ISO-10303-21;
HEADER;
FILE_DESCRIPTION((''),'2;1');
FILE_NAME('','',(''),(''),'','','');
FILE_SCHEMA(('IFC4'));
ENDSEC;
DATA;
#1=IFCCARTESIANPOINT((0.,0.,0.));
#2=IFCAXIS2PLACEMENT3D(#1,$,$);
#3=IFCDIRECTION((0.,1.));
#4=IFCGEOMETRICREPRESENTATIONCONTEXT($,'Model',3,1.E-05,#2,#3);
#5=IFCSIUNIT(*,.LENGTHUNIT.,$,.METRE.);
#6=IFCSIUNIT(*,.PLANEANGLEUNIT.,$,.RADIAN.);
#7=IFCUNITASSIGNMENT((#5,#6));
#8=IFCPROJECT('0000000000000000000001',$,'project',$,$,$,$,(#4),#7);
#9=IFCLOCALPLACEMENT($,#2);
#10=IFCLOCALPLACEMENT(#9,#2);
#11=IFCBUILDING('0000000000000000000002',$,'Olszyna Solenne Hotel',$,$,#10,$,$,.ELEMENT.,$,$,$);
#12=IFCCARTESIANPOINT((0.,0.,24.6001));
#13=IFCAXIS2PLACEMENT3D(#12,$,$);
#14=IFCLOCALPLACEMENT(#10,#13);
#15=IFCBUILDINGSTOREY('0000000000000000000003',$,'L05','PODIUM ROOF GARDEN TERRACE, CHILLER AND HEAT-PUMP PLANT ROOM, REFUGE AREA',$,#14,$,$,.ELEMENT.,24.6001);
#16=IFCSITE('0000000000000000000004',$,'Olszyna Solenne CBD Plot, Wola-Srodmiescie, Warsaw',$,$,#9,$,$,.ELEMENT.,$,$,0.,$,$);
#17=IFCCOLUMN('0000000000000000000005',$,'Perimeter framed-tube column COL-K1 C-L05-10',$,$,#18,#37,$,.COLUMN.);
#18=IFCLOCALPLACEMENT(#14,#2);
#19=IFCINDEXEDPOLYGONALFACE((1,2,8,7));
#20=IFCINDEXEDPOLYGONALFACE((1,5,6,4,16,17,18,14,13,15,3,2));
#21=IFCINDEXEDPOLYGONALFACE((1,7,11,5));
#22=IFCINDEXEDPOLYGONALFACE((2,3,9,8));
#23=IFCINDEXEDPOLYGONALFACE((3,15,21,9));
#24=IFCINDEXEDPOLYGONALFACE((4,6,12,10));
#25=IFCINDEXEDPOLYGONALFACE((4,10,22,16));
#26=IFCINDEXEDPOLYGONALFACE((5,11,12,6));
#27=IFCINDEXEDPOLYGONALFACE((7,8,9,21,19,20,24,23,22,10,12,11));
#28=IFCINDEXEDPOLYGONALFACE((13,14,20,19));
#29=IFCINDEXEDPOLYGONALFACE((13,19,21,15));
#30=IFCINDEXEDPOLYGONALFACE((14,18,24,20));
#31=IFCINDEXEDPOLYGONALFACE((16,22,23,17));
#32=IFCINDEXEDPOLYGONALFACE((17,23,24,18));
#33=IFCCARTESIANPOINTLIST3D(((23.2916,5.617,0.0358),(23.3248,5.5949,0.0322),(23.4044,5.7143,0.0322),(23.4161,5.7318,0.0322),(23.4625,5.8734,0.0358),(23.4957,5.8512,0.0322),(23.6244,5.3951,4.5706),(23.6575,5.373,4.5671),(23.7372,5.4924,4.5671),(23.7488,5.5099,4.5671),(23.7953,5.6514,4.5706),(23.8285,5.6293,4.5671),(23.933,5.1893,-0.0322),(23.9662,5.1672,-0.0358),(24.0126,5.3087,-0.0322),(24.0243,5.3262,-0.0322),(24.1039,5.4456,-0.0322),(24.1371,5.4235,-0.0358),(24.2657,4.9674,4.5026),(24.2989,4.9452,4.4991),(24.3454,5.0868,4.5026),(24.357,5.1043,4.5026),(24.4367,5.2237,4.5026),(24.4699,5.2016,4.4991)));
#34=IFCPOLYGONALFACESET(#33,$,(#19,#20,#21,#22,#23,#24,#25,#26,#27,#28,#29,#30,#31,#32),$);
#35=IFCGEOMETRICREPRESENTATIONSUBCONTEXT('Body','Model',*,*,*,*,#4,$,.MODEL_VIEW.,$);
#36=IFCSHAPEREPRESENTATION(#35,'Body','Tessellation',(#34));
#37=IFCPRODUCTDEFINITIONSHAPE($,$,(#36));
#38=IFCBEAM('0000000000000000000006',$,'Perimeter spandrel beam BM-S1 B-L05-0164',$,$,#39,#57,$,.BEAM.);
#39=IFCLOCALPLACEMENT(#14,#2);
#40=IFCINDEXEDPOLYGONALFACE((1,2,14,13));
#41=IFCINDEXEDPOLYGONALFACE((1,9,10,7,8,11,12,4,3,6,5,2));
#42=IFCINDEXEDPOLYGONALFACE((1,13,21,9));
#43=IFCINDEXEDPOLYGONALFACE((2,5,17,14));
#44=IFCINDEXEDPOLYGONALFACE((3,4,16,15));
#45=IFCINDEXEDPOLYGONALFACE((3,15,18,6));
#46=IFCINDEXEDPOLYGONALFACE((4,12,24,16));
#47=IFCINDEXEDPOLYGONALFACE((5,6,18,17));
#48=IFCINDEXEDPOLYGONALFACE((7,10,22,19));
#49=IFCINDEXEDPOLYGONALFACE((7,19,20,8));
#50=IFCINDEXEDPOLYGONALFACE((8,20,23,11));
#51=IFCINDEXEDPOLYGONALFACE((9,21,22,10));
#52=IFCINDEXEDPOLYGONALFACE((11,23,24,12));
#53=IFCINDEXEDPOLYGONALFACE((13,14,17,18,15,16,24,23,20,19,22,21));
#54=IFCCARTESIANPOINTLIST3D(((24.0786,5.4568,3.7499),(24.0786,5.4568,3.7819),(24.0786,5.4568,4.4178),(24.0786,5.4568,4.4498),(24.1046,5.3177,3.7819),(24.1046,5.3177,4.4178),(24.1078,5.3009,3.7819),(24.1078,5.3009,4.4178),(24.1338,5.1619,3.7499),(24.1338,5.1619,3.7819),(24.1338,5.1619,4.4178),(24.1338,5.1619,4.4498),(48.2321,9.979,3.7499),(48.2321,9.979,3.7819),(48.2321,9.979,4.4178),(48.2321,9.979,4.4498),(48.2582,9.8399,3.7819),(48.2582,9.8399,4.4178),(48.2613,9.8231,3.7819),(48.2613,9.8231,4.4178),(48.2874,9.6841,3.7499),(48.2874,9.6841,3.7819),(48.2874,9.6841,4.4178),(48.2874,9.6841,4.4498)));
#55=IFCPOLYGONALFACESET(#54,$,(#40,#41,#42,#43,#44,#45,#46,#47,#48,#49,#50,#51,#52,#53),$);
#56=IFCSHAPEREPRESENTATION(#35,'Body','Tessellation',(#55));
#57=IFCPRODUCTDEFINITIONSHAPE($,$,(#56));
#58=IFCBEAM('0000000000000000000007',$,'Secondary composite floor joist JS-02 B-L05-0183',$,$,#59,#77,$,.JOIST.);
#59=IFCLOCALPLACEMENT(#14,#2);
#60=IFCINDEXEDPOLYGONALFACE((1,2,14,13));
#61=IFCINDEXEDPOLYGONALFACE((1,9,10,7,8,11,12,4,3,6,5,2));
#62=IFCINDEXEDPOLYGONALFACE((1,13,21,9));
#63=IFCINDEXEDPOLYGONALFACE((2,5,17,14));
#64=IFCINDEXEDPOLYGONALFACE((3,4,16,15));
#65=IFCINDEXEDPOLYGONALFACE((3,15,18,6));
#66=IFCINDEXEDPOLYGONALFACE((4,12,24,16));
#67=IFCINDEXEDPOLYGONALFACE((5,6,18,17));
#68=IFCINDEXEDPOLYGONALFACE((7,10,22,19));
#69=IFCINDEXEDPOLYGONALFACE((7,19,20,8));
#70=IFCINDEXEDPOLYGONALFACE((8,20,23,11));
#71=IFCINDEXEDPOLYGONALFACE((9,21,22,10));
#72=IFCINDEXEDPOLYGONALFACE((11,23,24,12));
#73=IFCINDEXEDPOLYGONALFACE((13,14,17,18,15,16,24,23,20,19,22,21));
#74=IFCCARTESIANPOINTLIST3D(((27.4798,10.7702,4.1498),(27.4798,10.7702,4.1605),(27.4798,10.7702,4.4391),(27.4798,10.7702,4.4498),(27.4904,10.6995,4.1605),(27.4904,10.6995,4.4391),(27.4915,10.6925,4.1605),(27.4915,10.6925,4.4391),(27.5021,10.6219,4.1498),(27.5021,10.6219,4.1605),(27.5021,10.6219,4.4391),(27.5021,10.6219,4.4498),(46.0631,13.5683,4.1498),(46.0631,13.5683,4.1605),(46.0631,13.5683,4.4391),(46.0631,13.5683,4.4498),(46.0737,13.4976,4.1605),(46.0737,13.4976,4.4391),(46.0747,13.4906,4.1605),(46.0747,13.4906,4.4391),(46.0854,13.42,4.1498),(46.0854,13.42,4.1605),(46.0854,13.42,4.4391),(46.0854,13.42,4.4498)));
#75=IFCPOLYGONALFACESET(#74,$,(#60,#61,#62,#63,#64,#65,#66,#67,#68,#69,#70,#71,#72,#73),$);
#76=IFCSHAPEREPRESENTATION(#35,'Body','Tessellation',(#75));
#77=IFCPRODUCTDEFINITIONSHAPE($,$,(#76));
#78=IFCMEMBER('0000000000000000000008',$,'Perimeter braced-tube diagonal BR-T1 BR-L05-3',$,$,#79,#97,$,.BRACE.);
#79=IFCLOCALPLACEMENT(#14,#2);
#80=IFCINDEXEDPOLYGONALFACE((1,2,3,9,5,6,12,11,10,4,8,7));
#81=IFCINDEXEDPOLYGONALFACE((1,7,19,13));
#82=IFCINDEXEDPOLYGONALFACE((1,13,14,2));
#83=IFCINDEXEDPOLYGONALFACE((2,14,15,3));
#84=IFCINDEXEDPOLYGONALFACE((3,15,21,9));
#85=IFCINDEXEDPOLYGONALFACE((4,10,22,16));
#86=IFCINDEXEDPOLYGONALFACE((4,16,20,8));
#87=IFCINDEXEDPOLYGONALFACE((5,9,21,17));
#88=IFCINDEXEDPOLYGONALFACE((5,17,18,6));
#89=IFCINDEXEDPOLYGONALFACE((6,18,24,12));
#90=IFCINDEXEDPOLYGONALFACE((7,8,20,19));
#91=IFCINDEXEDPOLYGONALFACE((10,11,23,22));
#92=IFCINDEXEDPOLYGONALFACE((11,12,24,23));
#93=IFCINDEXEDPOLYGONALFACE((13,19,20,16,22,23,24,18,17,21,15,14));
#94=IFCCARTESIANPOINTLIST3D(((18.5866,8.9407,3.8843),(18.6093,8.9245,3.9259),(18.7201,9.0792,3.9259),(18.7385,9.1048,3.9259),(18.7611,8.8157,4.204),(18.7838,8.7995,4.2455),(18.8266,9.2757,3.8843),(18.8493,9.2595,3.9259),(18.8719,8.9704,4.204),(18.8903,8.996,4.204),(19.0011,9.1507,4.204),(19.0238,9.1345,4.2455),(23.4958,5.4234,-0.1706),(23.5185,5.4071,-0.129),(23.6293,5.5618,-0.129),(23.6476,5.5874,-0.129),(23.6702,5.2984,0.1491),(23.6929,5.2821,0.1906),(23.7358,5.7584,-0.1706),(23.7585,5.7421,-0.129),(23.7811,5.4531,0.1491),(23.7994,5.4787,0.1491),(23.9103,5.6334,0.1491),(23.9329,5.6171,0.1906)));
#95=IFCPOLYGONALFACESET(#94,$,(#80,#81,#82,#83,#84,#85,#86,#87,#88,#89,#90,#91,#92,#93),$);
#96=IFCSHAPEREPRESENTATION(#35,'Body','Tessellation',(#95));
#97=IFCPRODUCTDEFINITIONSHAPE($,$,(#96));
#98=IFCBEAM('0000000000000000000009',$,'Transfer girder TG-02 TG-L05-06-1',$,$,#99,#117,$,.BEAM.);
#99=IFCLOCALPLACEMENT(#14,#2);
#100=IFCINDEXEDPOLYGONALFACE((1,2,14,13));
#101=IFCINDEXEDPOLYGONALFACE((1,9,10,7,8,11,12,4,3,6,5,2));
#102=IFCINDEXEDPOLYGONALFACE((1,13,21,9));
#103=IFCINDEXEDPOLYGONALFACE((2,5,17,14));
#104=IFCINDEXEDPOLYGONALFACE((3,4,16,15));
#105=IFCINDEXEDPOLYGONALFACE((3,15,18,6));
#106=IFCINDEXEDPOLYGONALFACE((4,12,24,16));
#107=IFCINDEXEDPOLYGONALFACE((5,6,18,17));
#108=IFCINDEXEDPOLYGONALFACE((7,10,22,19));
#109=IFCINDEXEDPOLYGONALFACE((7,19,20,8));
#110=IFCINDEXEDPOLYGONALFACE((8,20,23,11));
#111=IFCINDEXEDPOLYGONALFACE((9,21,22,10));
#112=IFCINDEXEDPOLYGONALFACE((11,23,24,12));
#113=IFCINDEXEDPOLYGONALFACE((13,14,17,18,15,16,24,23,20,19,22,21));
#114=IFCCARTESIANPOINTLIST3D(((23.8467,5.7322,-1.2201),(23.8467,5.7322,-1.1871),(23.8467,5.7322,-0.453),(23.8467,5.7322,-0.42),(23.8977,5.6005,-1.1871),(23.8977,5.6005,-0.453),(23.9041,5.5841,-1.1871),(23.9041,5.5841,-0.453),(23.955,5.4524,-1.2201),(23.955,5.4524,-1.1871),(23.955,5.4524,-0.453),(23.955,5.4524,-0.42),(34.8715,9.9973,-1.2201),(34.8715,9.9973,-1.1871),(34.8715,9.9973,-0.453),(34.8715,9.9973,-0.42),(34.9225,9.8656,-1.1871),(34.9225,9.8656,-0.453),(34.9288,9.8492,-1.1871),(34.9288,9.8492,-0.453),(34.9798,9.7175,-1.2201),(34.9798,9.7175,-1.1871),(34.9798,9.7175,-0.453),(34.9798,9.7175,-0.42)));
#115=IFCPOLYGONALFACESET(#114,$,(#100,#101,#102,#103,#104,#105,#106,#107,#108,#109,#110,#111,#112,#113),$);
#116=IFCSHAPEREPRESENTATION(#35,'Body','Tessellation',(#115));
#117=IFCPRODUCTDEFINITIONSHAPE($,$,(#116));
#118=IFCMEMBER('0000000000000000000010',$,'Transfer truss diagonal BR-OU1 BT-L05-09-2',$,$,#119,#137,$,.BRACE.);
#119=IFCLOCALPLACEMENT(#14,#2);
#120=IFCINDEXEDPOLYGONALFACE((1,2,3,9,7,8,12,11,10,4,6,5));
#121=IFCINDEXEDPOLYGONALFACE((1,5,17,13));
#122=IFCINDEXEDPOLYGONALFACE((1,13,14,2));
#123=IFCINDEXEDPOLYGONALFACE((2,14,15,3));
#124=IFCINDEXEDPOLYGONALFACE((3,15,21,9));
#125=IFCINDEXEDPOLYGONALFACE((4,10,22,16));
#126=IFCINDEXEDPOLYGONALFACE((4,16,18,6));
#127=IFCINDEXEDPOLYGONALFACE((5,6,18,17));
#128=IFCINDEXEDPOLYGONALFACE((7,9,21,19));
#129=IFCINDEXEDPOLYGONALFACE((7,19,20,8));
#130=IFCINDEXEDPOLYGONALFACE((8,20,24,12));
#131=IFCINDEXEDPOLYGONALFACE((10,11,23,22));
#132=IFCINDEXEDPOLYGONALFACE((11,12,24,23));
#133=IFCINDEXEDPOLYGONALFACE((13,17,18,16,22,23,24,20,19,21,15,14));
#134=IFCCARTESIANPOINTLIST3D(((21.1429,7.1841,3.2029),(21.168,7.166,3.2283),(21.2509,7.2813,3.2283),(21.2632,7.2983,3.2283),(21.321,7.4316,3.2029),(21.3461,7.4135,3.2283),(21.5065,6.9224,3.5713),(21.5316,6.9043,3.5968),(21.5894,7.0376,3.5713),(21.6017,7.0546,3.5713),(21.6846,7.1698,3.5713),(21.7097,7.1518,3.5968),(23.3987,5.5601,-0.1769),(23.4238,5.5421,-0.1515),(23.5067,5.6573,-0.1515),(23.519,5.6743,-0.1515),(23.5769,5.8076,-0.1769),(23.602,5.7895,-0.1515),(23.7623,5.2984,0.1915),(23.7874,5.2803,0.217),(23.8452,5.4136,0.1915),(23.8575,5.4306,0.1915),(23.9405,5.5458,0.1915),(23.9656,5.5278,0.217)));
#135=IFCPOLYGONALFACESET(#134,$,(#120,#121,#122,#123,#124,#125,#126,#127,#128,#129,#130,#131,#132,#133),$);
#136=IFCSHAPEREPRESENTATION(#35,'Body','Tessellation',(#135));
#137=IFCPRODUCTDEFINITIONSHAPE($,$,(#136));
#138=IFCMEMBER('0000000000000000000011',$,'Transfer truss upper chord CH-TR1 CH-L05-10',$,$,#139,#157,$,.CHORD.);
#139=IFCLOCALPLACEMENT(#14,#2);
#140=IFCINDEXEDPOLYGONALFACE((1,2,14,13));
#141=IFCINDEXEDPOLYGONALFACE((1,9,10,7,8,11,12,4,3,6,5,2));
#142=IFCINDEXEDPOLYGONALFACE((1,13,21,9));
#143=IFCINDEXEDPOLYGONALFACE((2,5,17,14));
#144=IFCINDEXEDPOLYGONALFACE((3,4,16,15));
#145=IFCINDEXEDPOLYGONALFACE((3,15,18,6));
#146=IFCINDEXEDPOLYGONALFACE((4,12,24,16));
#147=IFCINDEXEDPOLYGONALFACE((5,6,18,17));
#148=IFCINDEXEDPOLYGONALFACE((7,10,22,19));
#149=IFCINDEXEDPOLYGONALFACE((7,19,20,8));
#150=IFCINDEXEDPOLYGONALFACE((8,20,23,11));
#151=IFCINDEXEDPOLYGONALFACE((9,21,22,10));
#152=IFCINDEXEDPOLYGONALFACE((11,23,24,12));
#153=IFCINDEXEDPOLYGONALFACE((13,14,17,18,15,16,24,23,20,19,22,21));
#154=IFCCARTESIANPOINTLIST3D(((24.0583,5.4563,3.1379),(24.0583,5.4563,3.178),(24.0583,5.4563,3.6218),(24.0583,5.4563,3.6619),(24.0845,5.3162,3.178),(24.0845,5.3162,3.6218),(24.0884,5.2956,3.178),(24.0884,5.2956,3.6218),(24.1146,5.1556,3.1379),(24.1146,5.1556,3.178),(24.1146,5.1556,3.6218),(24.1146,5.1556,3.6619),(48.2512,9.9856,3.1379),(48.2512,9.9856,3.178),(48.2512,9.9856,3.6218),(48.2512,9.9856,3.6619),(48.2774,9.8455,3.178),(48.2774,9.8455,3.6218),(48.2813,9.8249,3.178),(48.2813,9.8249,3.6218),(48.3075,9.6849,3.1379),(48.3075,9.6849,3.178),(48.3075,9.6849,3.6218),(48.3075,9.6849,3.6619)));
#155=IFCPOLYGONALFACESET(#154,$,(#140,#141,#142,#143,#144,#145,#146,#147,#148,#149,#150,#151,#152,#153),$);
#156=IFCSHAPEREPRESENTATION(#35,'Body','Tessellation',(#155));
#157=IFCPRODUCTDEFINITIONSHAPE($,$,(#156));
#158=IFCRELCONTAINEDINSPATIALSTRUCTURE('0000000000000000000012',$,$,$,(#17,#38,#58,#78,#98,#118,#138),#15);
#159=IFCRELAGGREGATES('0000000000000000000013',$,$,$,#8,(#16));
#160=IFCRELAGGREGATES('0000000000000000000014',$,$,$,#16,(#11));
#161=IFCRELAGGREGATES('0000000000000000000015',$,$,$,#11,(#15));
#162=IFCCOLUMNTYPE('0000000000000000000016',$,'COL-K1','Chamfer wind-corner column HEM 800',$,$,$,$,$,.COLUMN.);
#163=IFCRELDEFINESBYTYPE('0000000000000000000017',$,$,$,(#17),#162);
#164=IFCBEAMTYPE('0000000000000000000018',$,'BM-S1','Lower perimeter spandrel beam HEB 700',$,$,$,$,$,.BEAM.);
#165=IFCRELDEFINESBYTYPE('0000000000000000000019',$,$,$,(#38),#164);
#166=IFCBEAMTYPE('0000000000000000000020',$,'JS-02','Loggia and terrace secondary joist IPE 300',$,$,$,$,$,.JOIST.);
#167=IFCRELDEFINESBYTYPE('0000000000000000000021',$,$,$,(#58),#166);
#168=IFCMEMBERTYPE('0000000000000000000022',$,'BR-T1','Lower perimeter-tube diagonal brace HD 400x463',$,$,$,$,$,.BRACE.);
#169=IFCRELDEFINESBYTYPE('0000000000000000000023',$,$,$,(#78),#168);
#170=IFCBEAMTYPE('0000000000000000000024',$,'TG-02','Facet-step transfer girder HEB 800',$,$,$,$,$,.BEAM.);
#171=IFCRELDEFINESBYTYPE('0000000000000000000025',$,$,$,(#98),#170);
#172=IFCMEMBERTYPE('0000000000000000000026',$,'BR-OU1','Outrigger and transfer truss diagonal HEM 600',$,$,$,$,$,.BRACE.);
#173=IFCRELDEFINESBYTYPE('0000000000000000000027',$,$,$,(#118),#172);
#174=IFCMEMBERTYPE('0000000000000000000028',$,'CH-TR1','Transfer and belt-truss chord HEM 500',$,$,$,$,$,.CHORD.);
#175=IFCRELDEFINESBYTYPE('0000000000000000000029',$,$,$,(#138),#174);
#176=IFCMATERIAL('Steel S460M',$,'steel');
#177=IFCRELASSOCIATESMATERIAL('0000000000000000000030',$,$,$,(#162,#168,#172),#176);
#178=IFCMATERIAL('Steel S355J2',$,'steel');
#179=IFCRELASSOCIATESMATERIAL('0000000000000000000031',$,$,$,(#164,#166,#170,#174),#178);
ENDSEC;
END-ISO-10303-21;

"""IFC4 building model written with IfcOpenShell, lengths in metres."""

from ifc_helpers import new_model, si_unit, direction, frame, origin, origin_2d, place, context, subcontext, project, spatial, i_section, extrude, source, transform, mapped, material, material_profile, profile_set, type_object, element, save


model = new_model("IFC4")

# Units and contexts
model_context = context("Model", 3, precision=1e-05, world=origin(), true_north=direction((0.0, 1.0)))
body_context = subcontext(model_context, "Body", "Model", "MODEL_VIEW")
ifc_project = project(units=[si_unit("LENGTHUNIT", "METRE"), si_unit("PLANEANGLEUNIT", "RADIAN")], contexts=[model_context])

# Site, building, storey
site_placement = place(None, origin())
site = spatial("IfcSite", under=ifc_project, at=site_placement, Name="Olszyna Solenne CBD Plot, Wola-Srodmiescie, Warsaw", CompositionType="ELEMENT", RefElevation=0.0)
building_placement = place(site_placement, origin())
building = spatial("IfcBuilding", under=site, at=building_placement, Name="Olszyna Solenne Hotel", CompositionType="ELEMENT")
storey_placement = place(building_placement, frame((0.0, 0.0, 24.6001)))
storey = spatial("IfcBuildingStorey", under=building, at=storey_placement, Name="L05", Description="PODIUM ROOF GARDEN TERRACE, CHILLER AND HEAT-PUMP PLANT ROOM, REFUGE AREA", CompositionType="ELEMENT", Elevation=24.6001)

# Column
ifc_material_1 = material(Name="Steel S460M", Category="steel")
ifc_material_profile_1 = material_profile(ifc_material_1, i_section(OverallWidth=0.3081, OverallDepth=0.814, WebThickness=0.021, FlangeThickness=0.04, at=origin_2d()), Name="HEM 800", Category="load-bearing")
ifc_profile_set_1 = profile_set([ifc_material_profile_1], Name="Steel S460M")
column_type = type_object("IfcColumnType", Name="COL-K1", Description="Chamfer wind-corner column HEM 800", PredefinedType="COLUMN", material=ifc_profile_set_1)
shared_shape_1 = source(origin(), body_context, "Body", "SweptSolid", [
    extrude(i_section(OverallWidth=0.3081, OverallDepth=0.814, WebThickness=0.021, FlangeThickness=0.04, at=origin_2d()), origin(), (0.0, 0.0, 1.0), 4.5525),
])
column_placement = place(storey_placement, frame((23.7144, 5.5203, 0.0), z_axis=(0.073094, -0.048748, 0.996133), x_axis=(0.554841, 0.831956, 0.0)))
element("IfcColumn", 1, at=column_placement, inside=storey, type_object=column_type, Name="Perimeter framed-tube column COL-K1 C-L05-10", PredefinedType="COLUMN", context=body_context, shape_type="MappedRepresentation", body=[
    mapped(shared_shape_1, transform((0.0, 0.0, 0.0), x_axis=(1.0, 0.0, 0.0), y_axis=(0.0, 1.0, 0.0), z_axis=(0.0, 0.0, 1.0), scale=1.0)),
])

# Beams
ifc_material_2 = material(Name="Steel S355J2", Category="steel")
ifc_material_profile_2 = material_profile(ifc_material_2, i_section(OverallWidth=0.3, OverallDepth=0.7, WebThickness=0.0171, FlangeThickness=0.032, at=origin_2d()), Name="HEB 700", Category="load-bearing")
ifc_profile_set_2 = profile_set([ifc_material_profile_2], Name="Steel S355J2")
beam_type_1 = type_object("IfcBeamType", Name="BM-S1", Description="Lower perimeter spandrel beam HEB 700", PredefinedType="BEAM", material=ifc_profile_set_2)
shared_shape_2 = source(origin(), body_context, "Body", "SweptSolid", [
    extrude(i_section(OverallWidth=0.3, OverallDepth=0.7, WebThickness=0.0171, FlangeThickness=0.032, at=origin_2d()), origin(), (0.0, 0.0, 1.0), 24.5732),
])
beam_1_placement = place(storey_placement, frame((24.1062, 5.3093, 4.0999), z_axis=(0.982921, 0.18403, 0.0), x_axis=(-0.18403, 0.982921, 0.0)))
element("IfcBeam", 2, at=beam_1_placement, inside=storey, type_object=beam_type_1, Name="Perimeter spandrel beam BM-S1 B-L05-0164", PredefinedType="BEAM", context=body_context, shape_type="MappedRepresentation", body=[
    mapped(shared_shape_2, transform((0.0, 0.0, 0.0), x_axis=(1.0, 0.0, 0.0), y_axis=(0.0, 1.0, 0.0), z_axis=(0.0, 0.0, 1.0), scale=1.0)),
])
ifc_material_profile_3 = material_profile(ifc_material_2, i_section(OverallWidth=0.1499, OverallDepth=0.3, WebThickness=0.0071, FlangeThickness=0.0107, at=origin_2d()), Name="IPE 300", Category="load-bearing")
ifc_profile_set_3 = profile_set([ifc_material_profile_3], Name="Steel S355J2")
beam_type_2 = type_object("IfcBeamType", Name="JS-02", Description="Loggia and terrace secondary joist IPE 300", PredefinedType="JOIST", material=ifc_profile_set_3)
shared_shape_3 = source(origin(), body_context, "Body", "SweptSolid", [
    extrude(i_section(OverallWidth=0.1499, OverallDepth=0.3, WebThickness=0.0071, FlangeThickness=0.0107, at=origin_2d()), origin(), (0.0, 0.0, 1.0), 18.7927),
])
beam_2_placement = place(storey_placement, frame((27.491, 10.696, 4.2998), z_axis=(0.988853, 0.148892, 0.0), x_axis=(-0.148892, 0.988853, 0.0)))
element("IfcBeam", 3, at=beam_2_placement, inside=storey, type_object=beam_type_2, Name="Secondary composite floor joist JS-02 B-L05-0183", PredefinedType="JOIST", context=body_context, shape_type="MappedRepresentation", body=[
    mapped(shared_shape_3, transform((0.0, 0.0, 0.0), x_axis=(1.0, 0.0, 0.0), y_axis=(0.0, 1.0, 0.0), z_axis=(0.0, 0.0, 1.0), scale=1.0)),
])

# Member
ifc_material_profile_4 = material_profile(ifc_material_1, i_section(OverallWidth=0.4121, OverallDepth=0.4351, WebThickness=0.0315, FlangeThickness=0.05, at=origin_2d()), Name="HD 400x463", Category="load-bearing")
ifc_profile_set_4 = profile_set([ifc_material_profile_4], Name="Steel S460M")
member_type_1 = type_object("IfcMemberType", Name="BR-T1", Description="Lower perimeter-tube diagonal brace HD 400x463", PredefinedType="BRACE", material=ifc_profile_set_4)
shared_shape_4 = source(origin(), body_context, "Body", "SweptSolid", [
    extrude(i_section(OverallWidth=0.4121, OverallDepth=0.4351, WebThickness=0.0315, FlangeThickness=0.05, at=origin_2d()), origin(), (0.0, 0.0, 1.0), 7.2742),
])
member_1_placement = place(storey_placement, frame((23.7144, 5.5203, 0.01), z_axis=(-0.674874, 0.483535, 0.557439), x_axis=(-0.582419, -0.812889, 0.0)))
element("IfcMember", 4, at=member_1_placement, inside=storey, type_object=member_type_1, Name="Perimeter braced-tube diagonal BR-T1 BR-L05-3", PredefinedType="BRACE", context=body_context, shape_type="MappedRepresentation", body=[
    mapped(shared_shape_4, transform((0.0, 0.0, 0.0), x_axis=(1.0, 0.0, 0.0), y_axis=(0.0, 1.0, 0.0), z_axis=(0.0, 0.0, 1.0), scale=1.0)),
])

# Beam
ifc_material_profile_5 = material_profile(ifc_material_2, i_section(OverallWidth=0.3, OverallDepth=0.8, WebThickness=0.0176, FlangeThickness=0.033, at=origin_2d()), Name="HEB 800", Category="load-bearing")
ifc_profile_set_5 = profile_set([ifc_material_profile_5], Name="Steel S355J2")
beam_type_3 = type_object("IfcBeamType", Name="TG-02", Description="Facet-step transfer girder HEB 800", PredefinedType="BEAM", material=ifc_profile_set_5)
shared_shape_5 = source(origin(), body_context, "Body", "SweptSolid", [
    extrude(i_section(OverallWidth=0.3, OverallDepth=0.8, WebThickness=0.0176, FlangeThickness=0.033, at=origin_2d()), origin(), (0.0, 0.0, 1.0), 11.821),
])
beam_3_placement = place(storey_placement, frame((23.9009, 5.5923, -0.8201), z_axis=(0.932641, 0.360805, 0.0), x_axis=(-0.360805, 0.932641, 0.0)))
element("IfcBeam", 5, at=beam_3_placement, inside=storey, type_object=beam_type_3, Name="Transfer girder TG-02 TG-L05-06-1", PredefinedType="BEAM", context=body_context, shape_type="MappedRepresentation", body=[
    mapped(shared_shape_5, transform((0.0, 0.0, 0.0), x_axis=(1.0, 0.0, 0.0), y_axis=(0.0, 1.0, 0.0), z_axis=(0.0, 0.0, 1.0), scale=1.0)),
])

# Members
ifc_material_profile_6 = material_profile(ifc_material_1, i_section(OverallWidth=0.3049, OverallDepth=0.6201, WebThickness=0.021, FlangeThickness=0.04, at=origin_2d()), Name="HEM 600", Category="load-bearing")
ifc_profile_set_6 = profile_set([ifc_material_profile_6], Name="Steel S460M")
member_type_2 = type_object("IfcMemberType", Name="BR-OU1", Description="Outrigger and transfer truss diagonal HEM 600", PredefinedType="BRACE", material=ifc_profile_set_6)
shared_shape_6 = source(origin(), body_context, "Body", "SweptSolid", [
    extrude(i_section(OverallWidth=0.3049, OverallDepth=0.6201, WebThickness=0.021, FlangeThickness=0.04, at=origin_2d()), origin(), (0.0, 0.0, 1.0), 4.376),
])
member_2_placement = place(storey_placement, frame((23.6821, 5.5439, 0.02), z_axis=(-0.515499, 0.371115, 0.772356), x_axis=(-0.584258, -0.811568, 0.0)))
element("IfcMember", 6, at=member_2_placement, inside=storey, type_object=member_type_2, Name="Transfer truss diagonal BR-OU1 BT-L05-09-2", PredefinedType="BRACE", context=body_context, shape_type="MappedRepresentation", body=[
    mapped(shared_shape_6, transform((0.0, 0.0, 0.0), x_axis=(1.0, 0.0, 0.0), y_axis=(0.0, 1.0, 0.0), z_axis=(0.0, 0.0, 1.0), scale=1.0)),
])
ifc_material_profile_7 = material_profile(ifc_material_2, i_section(OverallWidth=0.3059, OverallDepth=0.5239, WebThickness=0.021, FlangeThickness=0.04, at=origin_2d()), Name="HEM 500", Category="load-bearing")
ifc_profile_set_7 = profile_set([ifc_material_profile_7], Name="Steel S355J2")
member_type_3 = type_object("IfcMemberType", Name="CH-TR1", Description="Transfer and belt-truss chord HEM 500", PredefinedType="CHORD", material=ifc_profile_set_7)
shared_shape_7 = source(origin(), body_context, "Body", "SweptSolid", [
    extrude(i_section(OverallWidth=0.3059, OverallDepth=0.5239, WebThickness=0.021, FlangeThickness=0.04, at=origin_2d()), origin(), (0.0, 0.0, 1.0), 24.6133),
])
member_3_placement = place(storey_placement, frame((24.0864, 5.3059, 3.3999), z_axis=(0.982923, 0.184019, 0.0), x_axis=(-0.184019, 0.982923, 0.0)))
element("IfcMember", 7, at=member_3_placement, inside=storey, type_object=member_type_3, Name="Transfer truss upper chord CH-TR1 CH-L05-10", PredefinedType="CHORD", context=body_context, shape_type="MappedRepresentation", body=[
    mapped(shared_shape_7, transform((0.0, 0.0, 0.0), x_axis=(1.0, 0.0, 0.0), y_axis=(0.0, 1.0, 0.0), z_axis=(0.0, 0.0, 1.0), scale=1.0)),
])

save(model, "model.ifc")
